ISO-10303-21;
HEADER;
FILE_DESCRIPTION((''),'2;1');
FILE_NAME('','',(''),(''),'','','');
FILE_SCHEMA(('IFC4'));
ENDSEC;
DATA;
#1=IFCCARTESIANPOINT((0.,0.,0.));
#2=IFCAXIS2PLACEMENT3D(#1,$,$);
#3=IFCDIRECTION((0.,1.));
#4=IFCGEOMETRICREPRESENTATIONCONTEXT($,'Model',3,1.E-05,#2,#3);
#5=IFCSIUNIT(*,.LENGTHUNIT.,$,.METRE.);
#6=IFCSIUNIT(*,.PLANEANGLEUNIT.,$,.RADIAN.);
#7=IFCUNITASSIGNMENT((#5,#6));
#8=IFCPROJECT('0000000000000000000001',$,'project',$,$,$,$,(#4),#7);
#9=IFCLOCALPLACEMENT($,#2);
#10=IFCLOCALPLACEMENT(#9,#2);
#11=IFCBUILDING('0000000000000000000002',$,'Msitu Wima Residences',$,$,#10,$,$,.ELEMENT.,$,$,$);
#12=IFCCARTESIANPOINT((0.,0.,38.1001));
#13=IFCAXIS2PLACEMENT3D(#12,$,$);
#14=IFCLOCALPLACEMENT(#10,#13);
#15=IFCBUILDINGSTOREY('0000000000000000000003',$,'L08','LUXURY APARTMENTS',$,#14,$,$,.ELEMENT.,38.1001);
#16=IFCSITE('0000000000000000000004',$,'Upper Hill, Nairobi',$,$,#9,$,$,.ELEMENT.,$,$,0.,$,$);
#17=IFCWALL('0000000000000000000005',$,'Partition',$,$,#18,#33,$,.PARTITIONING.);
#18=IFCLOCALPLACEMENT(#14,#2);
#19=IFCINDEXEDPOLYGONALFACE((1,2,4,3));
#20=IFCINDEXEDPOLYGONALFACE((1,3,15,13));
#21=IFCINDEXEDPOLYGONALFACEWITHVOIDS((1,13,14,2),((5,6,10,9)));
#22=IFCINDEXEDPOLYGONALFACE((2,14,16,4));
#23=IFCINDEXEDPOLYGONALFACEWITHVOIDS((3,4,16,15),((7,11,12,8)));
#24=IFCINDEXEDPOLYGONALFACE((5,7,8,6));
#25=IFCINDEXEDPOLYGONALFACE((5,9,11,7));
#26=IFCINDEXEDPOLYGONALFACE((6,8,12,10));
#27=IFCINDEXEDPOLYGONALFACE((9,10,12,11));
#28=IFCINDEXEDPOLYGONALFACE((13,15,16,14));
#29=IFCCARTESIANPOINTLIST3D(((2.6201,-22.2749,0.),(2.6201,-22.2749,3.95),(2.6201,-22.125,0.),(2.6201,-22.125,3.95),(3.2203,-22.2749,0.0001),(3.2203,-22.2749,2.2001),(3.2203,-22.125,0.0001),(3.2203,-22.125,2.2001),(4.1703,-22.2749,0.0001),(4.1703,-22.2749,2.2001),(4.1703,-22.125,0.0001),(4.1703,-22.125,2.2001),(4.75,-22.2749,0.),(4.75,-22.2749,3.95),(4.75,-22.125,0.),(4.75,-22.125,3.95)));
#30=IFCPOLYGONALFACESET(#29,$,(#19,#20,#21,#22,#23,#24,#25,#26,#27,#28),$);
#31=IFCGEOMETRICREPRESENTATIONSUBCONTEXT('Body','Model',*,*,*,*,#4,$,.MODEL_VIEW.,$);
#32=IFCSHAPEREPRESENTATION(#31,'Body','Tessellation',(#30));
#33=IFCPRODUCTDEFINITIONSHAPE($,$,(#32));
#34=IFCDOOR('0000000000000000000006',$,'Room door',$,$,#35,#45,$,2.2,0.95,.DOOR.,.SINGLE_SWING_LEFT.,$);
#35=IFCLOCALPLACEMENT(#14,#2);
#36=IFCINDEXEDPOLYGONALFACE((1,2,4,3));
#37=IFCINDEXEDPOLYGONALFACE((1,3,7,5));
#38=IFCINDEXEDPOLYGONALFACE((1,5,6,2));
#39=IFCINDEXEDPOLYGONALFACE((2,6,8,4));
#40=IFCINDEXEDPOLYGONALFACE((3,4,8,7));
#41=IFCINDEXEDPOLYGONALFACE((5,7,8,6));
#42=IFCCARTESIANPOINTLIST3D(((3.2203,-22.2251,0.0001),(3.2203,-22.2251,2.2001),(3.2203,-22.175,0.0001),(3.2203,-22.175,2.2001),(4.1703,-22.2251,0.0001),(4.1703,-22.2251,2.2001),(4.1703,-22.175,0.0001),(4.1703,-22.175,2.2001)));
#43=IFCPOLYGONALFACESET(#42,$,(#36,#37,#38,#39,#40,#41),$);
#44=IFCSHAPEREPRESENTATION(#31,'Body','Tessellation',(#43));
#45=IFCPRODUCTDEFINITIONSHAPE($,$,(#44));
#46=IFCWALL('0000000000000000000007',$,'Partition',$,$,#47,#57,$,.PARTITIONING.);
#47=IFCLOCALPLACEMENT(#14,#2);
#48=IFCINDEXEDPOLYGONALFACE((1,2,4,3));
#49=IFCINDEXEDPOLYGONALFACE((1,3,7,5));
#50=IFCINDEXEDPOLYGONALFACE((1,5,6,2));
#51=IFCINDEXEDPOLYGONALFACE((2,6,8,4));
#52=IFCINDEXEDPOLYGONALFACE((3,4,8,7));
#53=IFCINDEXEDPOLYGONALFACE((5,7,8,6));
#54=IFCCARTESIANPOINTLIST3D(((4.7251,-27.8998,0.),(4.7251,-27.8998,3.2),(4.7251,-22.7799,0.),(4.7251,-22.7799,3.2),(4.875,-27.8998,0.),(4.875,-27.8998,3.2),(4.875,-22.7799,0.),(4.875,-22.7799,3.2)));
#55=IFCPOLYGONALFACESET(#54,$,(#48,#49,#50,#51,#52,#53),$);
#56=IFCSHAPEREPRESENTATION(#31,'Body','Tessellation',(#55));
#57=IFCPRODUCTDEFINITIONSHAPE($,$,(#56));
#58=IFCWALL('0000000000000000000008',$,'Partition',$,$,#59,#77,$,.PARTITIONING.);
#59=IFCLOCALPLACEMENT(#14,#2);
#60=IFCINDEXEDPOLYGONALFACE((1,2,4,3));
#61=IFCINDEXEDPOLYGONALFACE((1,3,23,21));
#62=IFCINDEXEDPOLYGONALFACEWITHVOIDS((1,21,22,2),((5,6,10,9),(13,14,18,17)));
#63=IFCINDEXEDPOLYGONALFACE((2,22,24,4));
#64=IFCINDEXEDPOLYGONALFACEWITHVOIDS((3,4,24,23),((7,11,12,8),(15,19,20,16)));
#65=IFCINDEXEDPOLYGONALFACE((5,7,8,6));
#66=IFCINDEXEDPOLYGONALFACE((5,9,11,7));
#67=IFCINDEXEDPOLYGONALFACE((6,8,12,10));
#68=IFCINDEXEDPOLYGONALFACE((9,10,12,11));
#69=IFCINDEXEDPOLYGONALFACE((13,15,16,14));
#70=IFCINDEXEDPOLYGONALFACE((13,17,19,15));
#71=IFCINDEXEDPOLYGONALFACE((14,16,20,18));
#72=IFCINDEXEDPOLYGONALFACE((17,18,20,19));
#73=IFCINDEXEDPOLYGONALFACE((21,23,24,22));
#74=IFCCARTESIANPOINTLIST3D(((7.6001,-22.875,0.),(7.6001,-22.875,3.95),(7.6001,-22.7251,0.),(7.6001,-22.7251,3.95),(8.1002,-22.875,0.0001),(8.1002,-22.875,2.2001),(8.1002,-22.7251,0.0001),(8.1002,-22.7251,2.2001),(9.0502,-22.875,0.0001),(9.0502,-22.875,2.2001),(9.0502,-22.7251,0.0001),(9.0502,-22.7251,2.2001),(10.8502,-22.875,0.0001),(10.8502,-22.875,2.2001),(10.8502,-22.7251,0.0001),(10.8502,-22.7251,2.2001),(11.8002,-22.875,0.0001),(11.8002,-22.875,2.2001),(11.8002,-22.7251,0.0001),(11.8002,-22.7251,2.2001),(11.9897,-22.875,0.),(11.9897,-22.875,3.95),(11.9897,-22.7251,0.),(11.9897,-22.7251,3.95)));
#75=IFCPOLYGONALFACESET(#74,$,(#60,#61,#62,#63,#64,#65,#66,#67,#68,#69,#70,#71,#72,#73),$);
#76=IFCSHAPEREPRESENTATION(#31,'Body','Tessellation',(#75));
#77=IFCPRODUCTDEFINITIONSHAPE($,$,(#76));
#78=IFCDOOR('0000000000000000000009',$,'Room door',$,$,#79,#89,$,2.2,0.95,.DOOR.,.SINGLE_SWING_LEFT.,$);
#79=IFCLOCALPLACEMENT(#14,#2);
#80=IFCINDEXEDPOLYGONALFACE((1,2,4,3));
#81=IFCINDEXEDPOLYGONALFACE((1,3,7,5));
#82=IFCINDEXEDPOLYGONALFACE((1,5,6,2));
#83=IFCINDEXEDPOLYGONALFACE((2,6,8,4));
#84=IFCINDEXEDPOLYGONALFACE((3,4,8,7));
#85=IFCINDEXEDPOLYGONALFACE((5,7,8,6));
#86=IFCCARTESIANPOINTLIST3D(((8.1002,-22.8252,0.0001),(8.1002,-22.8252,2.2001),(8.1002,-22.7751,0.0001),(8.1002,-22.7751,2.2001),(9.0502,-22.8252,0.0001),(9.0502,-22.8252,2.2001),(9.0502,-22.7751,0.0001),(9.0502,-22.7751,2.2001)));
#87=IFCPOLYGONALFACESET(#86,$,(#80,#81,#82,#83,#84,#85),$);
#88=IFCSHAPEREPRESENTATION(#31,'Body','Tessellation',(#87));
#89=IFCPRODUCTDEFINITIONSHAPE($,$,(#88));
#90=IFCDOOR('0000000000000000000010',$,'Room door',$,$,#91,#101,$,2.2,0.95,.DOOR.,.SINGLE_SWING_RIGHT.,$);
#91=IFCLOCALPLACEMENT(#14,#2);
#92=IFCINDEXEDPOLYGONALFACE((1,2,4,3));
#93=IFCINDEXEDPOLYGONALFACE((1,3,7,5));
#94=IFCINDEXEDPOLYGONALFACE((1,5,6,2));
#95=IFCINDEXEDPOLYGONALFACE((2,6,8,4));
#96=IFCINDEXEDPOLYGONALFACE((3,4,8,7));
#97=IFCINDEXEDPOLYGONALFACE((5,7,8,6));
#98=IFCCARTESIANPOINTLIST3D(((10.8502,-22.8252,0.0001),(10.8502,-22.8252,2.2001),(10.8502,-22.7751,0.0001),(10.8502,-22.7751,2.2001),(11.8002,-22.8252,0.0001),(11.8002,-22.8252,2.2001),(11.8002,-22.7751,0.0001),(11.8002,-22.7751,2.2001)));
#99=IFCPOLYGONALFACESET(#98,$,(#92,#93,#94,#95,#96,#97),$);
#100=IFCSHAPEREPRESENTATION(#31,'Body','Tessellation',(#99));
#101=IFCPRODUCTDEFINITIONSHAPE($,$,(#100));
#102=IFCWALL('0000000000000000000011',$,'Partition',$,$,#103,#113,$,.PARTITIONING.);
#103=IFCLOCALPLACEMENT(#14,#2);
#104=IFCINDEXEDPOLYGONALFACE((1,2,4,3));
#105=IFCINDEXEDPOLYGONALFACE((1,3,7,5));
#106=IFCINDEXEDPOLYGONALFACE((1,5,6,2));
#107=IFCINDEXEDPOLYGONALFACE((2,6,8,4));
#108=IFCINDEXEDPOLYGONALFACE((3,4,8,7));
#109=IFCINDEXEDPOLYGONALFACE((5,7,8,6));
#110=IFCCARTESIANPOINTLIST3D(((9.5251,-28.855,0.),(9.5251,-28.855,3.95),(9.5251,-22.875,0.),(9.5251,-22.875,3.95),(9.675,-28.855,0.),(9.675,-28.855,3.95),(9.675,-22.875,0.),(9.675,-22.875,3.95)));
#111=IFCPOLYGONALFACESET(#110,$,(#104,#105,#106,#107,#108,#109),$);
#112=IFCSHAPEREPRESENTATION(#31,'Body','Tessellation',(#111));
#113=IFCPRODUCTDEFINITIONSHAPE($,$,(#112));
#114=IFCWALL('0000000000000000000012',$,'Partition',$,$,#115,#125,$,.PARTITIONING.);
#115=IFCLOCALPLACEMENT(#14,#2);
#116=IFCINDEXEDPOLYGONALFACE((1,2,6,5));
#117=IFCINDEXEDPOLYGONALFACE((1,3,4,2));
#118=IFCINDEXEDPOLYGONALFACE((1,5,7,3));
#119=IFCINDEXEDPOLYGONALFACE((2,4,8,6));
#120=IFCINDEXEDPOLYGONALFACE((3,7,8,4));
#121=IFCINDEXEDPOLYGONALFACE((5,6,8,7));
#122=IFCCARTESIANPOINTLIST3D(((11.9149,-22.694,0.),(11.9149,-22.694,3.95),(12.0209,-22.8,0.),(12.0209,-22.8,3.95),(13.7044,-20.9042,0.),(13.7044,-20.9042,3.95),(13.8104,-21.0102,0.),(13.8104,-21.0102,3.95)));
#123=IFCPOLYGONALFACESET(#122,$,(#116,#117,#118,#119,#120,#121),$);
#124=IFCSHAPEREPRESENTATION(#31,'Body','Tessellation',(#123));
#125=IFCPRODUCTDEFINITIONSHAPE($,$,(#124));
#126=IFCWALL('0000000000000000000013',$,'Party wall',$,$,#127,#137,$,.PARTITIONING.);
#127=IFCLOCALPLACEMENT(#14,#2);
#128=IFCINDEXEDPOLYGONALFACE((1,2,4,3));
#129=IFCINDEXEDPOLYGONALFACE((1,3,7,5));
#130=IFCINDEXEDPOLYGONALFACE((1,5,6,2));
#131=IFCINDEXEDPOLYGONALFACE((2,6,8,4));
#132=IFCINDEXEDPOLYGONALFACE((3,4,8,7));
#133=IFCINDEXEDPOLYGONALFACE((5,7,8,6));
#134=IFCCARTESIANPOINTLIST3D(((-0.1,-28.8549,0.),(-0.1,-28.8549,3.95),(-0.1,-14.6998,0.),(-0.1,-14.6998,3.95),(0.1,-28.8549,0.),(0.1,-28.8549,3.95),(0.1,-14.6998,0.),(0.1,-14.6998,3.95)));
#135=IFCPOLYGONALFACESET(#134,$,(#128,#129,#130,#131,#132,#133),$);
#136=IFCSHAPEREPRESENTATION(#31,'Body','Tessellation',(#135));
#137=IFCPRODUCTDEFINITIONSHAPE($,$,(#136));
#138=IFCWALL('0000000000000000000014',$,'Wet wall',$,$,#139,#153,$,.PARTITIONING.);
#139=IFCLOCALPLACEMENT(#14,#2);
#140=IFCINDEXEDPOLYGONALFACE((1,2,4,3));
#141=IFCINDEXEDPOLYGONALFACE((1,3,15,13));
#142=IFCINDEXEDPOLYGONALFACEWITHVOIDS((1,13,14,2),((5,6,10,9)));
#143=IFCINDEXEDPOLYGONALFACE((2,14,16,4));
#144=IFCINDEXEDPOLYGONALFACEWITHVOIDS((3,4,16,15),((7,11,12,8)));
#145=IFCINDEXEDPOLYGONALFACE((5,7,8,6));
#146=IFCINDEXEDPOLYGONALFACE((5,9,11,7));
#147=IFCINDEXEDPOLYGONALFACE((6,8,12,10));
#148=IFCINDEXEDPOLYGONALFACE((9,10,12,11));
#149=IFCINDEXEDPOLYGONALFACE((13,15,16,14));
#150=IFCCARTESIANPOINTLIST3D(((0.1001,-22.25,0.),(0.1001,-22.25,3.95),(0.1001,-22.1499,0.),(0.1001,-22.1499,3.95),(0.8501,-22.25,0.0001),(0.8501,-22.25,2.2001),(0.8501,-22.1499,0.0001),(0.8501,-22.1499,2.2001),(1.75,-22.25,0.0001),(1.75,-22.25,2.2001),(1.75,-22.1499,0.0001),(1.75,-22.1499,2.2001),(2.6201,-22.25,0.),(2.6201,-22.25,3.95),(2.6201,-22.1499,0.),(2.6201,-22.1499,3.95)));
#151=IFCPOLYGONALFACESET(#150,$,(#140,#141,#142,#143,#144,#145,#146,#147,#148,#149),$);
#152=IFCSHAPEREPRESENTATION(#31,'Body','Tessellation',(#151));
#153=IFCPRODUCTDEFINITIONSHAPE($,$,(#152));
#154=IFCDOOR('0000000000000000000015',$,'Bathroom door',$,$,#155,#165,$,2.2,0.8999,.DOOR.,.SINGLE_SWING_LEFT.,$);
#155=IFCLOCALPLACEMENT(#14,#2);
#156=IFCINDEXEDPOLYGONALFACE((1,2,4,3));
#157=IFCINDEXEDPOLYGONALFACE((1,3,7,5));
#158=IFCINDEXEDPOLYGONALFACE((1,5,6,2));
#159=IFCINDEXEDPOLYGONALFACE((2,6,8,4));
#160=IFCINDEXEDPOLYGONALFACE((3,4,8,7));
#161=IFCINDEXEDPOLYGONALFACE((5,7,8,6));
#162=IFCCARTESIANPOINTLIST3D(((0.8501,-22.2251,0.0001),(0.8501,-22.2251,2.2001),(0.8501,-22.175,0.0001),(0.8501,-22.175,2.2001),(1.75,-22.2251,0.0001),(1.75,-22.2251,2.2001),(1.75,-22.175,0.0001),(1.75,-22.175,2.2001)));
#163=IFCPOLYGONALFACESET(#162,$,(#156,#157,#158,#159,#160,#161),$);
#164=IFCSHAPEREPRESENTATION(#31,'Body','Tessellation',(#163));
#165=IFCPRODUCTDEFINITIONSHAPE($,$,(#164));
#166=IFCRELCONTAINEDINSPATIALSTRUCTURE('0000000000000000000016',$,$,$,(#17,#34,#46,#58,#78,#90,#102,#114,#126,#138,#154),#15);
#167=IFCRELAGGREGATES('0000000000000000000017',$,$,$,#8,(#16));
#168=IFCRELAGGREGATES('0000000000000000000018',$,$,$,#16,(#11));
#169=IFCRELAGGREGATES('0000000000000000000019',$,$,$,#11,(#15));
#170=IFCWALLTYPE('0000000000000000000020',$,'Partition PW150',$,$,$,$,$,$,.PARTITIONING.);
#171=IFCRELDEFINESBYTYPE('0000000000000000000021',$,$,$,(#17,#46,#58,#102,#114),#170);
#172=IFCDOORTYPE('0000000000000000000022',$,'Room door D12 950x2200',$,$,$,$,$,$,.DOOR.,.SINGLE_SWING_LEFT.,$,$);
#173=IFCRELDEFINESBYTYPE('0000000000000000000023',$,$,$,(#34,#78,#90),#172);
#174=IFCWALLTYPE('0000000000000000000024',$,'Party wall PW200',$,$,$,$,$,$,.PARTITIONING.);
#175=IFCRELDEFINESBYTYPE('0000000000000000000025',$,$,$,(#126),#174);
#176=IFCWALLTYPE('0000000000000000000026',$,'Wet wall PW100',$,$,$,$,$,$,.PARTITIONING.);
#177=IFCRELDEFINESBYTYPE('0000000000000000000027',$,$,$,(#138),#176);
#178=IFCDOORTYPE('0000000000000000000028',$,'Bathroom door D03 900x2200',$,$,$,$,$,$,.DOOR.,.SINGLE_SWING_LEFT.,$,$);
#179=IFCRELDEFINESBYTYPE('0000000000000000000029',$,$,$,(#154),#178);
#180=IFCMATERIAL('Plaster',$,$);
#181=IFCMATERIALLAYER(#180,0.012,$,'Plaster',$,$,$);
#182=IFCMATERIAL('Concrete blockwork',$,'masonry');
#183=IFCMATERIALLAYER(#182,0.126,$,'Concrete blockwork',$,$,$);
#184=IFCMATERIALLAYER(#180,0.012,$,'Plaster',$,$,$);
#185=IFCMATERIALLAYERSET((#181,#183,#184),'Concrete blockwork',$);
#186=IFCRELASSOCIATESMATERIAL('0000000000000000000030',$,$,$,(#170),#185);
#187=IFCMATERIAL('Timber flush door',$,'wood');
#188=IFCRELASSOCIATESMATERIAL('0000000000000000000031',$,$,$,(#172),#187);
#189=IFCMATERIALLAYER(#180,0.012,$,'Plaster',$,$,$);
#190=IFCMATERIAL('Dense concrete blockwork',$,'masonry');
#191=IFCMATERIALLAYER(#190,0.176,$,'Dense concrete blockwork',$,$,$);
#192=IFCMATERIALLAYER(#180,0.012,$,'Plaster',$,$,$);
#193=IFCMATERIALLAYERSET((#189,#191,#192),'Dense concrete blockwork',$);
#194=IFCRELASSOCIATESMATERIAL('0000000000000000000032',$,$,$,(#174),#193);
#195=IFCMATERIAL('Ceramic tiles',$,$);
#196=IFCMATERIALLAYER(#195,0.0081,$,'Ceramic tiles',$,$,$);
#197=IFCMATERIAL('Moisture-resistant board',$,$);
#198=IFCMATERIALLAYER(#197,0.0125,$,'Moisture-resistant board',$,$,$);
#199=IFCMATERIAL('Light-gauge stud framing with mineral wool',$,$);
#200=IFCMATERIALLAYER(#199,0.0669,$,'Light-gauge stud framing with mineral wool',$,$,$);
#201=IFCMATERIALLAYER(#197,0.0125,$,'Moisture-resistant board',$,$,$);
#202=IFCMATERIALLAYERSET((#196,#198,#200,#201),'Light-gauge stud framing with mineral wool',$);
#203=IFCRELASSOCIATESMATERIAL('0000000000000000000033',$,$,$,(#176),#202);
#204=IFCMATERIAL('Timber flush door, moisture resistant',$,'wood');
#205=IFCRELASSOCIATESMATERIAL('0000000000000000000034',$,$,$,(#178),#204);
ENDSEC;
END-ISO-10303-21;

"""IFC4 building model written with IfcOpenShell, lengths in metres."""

from ifc_helpers import new_model, si_unit, direction, frame, frame_2d, origin, place, context, subcontext, project, spatial, rectangle, extrude, material, layer, layer_set, type_object, element, fill, save


model = new_model("IFC4")

# Units and contexts
model_context = context("Model", 3, precision=1e-05, world=origin(), true_north=direction((0.0, 1.0)))
body_context = subcontext(model_context, "Body", "Model", "MODEL_VIEW")
ifc_project = project(units=[si_unit("LENGTHUNIT", "METRE"), si_unit("PLANEANGLEUNIT", "RADIAN")], contexts=[model_context])

# Site, building, storey
site_placement = place(None, origin())
site = spatial("IfcSite", under=ifc_project, at=site_placement, Name="Upper Hill, Nairobi", CompositionType="ELEMENT", RefElevation=0.0)
building_placement = place(site_placement, origin())
building = spatial("IfcBuilding", under=site, at=building_placement, Name="Msitu Wima Residences", CompositionType="ELEMENT")
storey_placement = place(building_placement, frame((0.0, 0.0, 38.1001)))
storey = spatial("IfcBuildingStorey", under=building, at=storey_placement, Name="L08", Description="LUXURY APARTMENTS", CompositionType="ELEMENT", Elevation=38.1001)

# Wall, opening, door
ifc_material_1 = material(Name="Plaster")
ifc_layer_1 = layer(ifc_material_1, 0.012, Name="Plaster")
ifc_material_2 = material(Name="Concrete blockwork", Category="masonry")
ifc_layer_2 = layer(ifc_material_2, 0.126, Name="Concrete blockwork")
ifc_layer_3 = layer(ifc_material_1, 0.012, Name="Plaster")
ifc_layer_set_1 = layer_set([ifc_layer_1, ifc_layer_2, ifc_layer_3], Name="Concrete blockwork")
wall_type_1 = type_object("IfcWallType", Name="Partition PW150", PredefinedType="PARTITIONING", material=ifc_layer_set_1)
wall_1_placement = place(storey_placement, frame((2.6201, -22.2, 0.0), z_axis=(0.0, 0.0, 1.0), x_axis=(1.0, 0.0, 0.0)))
wall_1 = element("IfcWall", 1, at=wall_1_placement, inside=storey, type_object=wall_type_1, Name="Partition", PredefinedType="PARTITIONING", context=body_context, shape_type="SweptSolid", body=[
    extrude(rectangle(XDim=2.1299, YDim=0.1499, at=frame_2d((1.0649, 0.0))), origin(), (0.0, 0.0, 1.0), 3.95),
])
opening_1_placement = place(wall_1_placement, frame((0.6001, 0.0, 0.0)))
opening_1 = element("IfcOpeningElement", 2, at=opening_1_placement, cuts=wall_1, PredefinedType="OPENING", context=body_context, shape_type="SweptSolid", body=[
    extrude(rectangle(XDim=0.95, YDim=2.2, at=frame_2d((0.4751, 1.1001))), frame((0.0, 0.085, 0.0), z_axis=(0.0, -1.0, 0.0), x_axis=(1.0, 0.0, 0.0)), (0.0, 0.0, 1.0), 0.1699),
])
ifc_material_3 = material(Name="Timber flush door", Category="wood")
door_type_1 = type_object("IfcDoorType", Name="Room door D12 950x2200", OperationType="SINGLE_SWING_LEFT", PredefinedType="DOOR", material=ifc_material_3)
door_1_placement = place(opening_1_placement, origin())
door_1 = element("IfcDoor", 3, at=door_1_placement, inside=storey, type_object=door_type_1, Name="Room door", OperationType="SINGLE_SWING_LEFT", OverallHeight=2.2, OverallWidth=0.95, PredefinedType="DOOR", context=body_context, shape_type="SweptSolid", body=[
    extrude(rectangle(XDim=0.95, YDim=2.2, at=frame_2d((0.4751, 1.1001))), frame((0.0, 0.0249, 0.0), z_axis=(0.0, -1.0, 0.0), x_axis=(1.0, 0.0, 0.0)), (0.0, 0.0, 1.0), 0.05),
])
fill(opening_1, door_1)

# Wall
wall_2_placement = place(storey_placement, frame((4.8, -27.8999, 0.0), z_axis=(0.0, 0.0, 1.0), x_axis=(0.0, 1.0, 0.0)))
element("IfcWall", 4, at=wall_2_placement, inside=storey, type_object=wall_type_1, Name="Partition", PredefinedType="PARTITIONING", context=body_context, shape_type="SweptSolid", body=[
    extrude(rectangle(XDim=5.1199, YDim=0.1499, at=frame_2d((2.5601, 0.0))), origin(), (0.0, 0.0, 1.0), 3.2),
])

# Wall, openings, doors
wall_3_placement = place(storey_placement, frame((7.6001, -22.8, 0.0), z_axis=(0.0, 0.0, 1.0), x_axis=(1.0, 0.0, 0.0)))
wall_3 = element("IfcWall", 5, at=wall_3_placement, inside=storey, type_object=wall_type_1, Name="Partition", PredefinedType="PARTITIONING", context=body_context, shape_type="SweptSolid", body=[
    extrude(rectangle(XDim=4.3896, YDim=0.1499, at=frame_2d((2.1948, 0.0))), origin(), (0.0, 0.0, 1.0), 3.95),
])
opening_2_placement = place(wall_3_placement, frame((0.5, 0.0, 0.0)))
opening_2 = element("IfcOpeningElement", 6, at=opening_2_placement, cuts=wall_3, PredefinedType="OPENING", context=body_context, shape_type="SweptSolid", body=[
    extrude(rectangle(XDim=0.95, YDim=2.2, at=frame_2d((0.4751, 1.1001))), frame((0.0, 0.085, 0.0), z_axis=(0.0, -1.0, 0.0), x_axis=(1.0, 0.0, 0.0)), (0.0, 0.0, 1.0), 0.1699),
])
opening_3_placement = place(wall_3_placement, frame((3.25, 0.0, 0.0)))
opening_3 = element("IfcOpeningElement", 7, at=opening_3_placement, cuts=wall_3, PredefinedType="OPENING", context=body_context, shape_type="SweptSolid", body=[
    extrude(rectangle(XDim=0.95, YDim=2.2, at=frame_2d((0.4751, 1.1001))), frame((0.0, 0.085, 0.0), z_axis=(0.0, -1.0, 0.0), x_axis=(1.0, 0.0, 0.0)), (0.0, 0.0, 1.0), 0.1699),
])
door_2_placement = place(opening_2_placement, origin())
door_2 = element("IfcDoor", 8, at=door_2_placement, inside=storey, type_object=door_type_1, Name="Room door", OperationType="SINGLE_SWING_LEFT", OverallHeight=2.2, OverallWidth=0.95, PredefinedType="DOOR", context=body_context, shape_type="SweptSolid", body=[
    extrude(rectangle(XDim=0.95, YDim=2.2, at=frame_2d((0.4751, 1.1001))), frame((0.0, 0.0249, 0.0), z_axis=(0.0, -1.0, 0.0), x_axis=(1.0, 0.0, 0.0)), (0.0, 0.0, 1.0), 0.05),
])
fill(opening_2, door_2)
door_3_placement = place(opening_3_placement, origin())
door_3 = element("IfcDoor", 9, at=door_3_placement, inside=storey, type_object=door_type_1, Name="Room door", OperationType="SINGLE_SWING_RIGHT", OverallHeight=2.2, OverallWidth=0.95, PredefinedType="DOOR", context=body_context, shape_type="SweptSolid", body=[
    extrude(rectangle(XDim=0.95, YDim=2.2, at=frame_2d((0.4751, 1.1001))), frame((0.0, 0.0249, 0.0), z_axis=(0.0, -1.0, 0.0), x_axis=(1.0, 0.0, 0.0)), (0.0, 0.0, 1.0), 0.05),
])
fill(opening_3, door_3)

# Walls
wall_4_placement = place(storey_placement, frame((9.6001, -28.855, 0.0), z_axis=(0.0, 0.0, 1.0), x_axis=(0.0, 1.0, 0.0)))
element("IfcWall", 10, at=wall_4_placement, inside=storey, type_object=wall_type_1, Name="Partition", PredefinedType="PARTITIONING", context=body_context, shape_type="SweptSolid", body=[
    extrude(rectangle(XDim=5.98, YDim=0.1499, at=frame_2d((2.99, 0.0))), origin(), (0.0, 0.0, 1.0), 3.95),
])
wall_5_placement = place(storey_placement, frame((11.9678, -22.7471, 0.0), z_axis=(0.0, 0.0, 1.0), x_axis=(0.707059, 0.707155, 0.0)))
element("IfcWall", 11, at=wall_5_placement, inside=storey, type_object=wall_type_1, Name="Partition", PredefinedType="PARTITIONING", context=body_context, shape_type="SweptSolid", body=[
    extrude(rectangle(XDim=2.531, YDim=0.1499, at=frame_2d((1.2656, 0.0))), origin(), (0.0, 0.0, 1.0), 3.95),
])
ifc_layer_4 = layer(ifc_material_1, 0.012, Name="Plaster")
ifc_material_4 = material(Name="Dense concrete blockwork", Category="masonry")
ifc_layer_5 = layer(ifc_material_4, 0.176, Name="Dense concrete blockwork")
ifc_layer_6 = layer(ifc_material_1, 0.012, Name="Plaster")
ifc_layer_set_2 = layer_set([ifc_layer_4, ifc_layer_5, ifc_layer_6], Name="Dense concrete blockwork")
wall_type_2 = type_object("IfcWallType", Name="Party wall PW200", PredefinedType="PARTITIONING", material=ifc_layer_set_2)
wall_6_placement = place(storey_placement, frame((0.0, -28.855, 0.0), z_axis=(0.0, 0.0, 1.0), x_axis=(0.0, 1.0, 0.0)))
element("IfcWall", 12, at=wall_6_placement, inside=storey, type_object=wall_type_2, Name="Party wall", PredefinedType="PARTITIONING", context=body_context, shape_type="SweptSolid", body=[
    extrude(rectangle(XDim=14.155, YDim=0.2, at=frame_2d((7.0776, 0.0))), origin(), (0.0, 0.0, 1.0), 3.95),
])

# Wall, opening, door
ifc_material_5 = material(Name="Ceramic tiles")
ifc_layer_7 = layer(ifc_material_5, 0.0081, Name="Ceramic tiles")
ifc_material_6 = material(Name="Moisture-resistant board")
ifc_layer_8 = layer(ifc_material_6, 0.0125, Name="Moisture-resistant board")
ifc_material_7 = material(Name="Light-gauge stud framing with mineral wool")
ifc_layer_9 = layer(ifc_material_7, 0.0669, Name="Light-gauge stud framing with mineral wool")
ifc_layer_10 = layer(ifc_material_6, 0.0125, Name="Moisture-resistant board")
ifc_layer_set_3 = layer_set([ifc_layer_7, ifc_layer_8, ifc_layer_9, ifc_layer_10], Name="Light-gauge stud framing with mineral wool")
wall_type_3 = type_object("IfcWallType", Name="Wet wall PW100", PredefinedType="PARTITIONING", material=ifc_layer_set_3)
wall_7_placement = place(storey_placement, frame((0.1001, -22.2, 0.0), z_axis=(0.0, 0.0, 1.0), x_axis=(1.0, 0.0, 0.0)))
wall_7 = element("IfcWall", 13, at=wall_7_placement, inside=storey, type_object=wall_type_3, Name="Wet wall", PredefinedType="PARTITIONING", context=body_context, shape_type="SweptSolid", body=[
    extrude(rectangle(XDim=2.52, YDim=0.1001, at=frame_2d((1.26, 0.0))), origin(), (0.0, 0.0, 1.0), 3.95),
])
opening_4_placement = place(wall_7_placement, frame((0.75, 0.0, 0.0)))
opening_4 = element("IfcOpeningElement", 14, at=opening_4_placement, cuts=wall_7, PredefinedType="OPENING", context=body_context, shape_type="SweptSolid", body=[
    extrude(rectangle(XDim=0.8999, YDim=2.2, at=frame_2d((0.45, 1.1001))), frame((0.0, 0.0601, 0.0), z_axis=(0.0, -1.0, 0.0), x_axis=(1.0, 0.0, 0.0)), (0.0, 0.0, 1.0), 0.1201),
])
ifc_material_8 = material(Name="Timber flush door, moisture resistant", Category="wood")
door_type_2 = type_object("IfcDoorType", Name="Bathroom door D03 900x2200", OperationType="SINGLE_SWING_LEFT", PredefinedType="DOOR", material=ifc_material_8)
door_4_placement = place(opening_4_placement, origin())
door_4 = element("IfcDoor", 15, at=door_4_placement, inside=storey, type_object=door_type_2, Name="Bathroom door", OperationType="SINGLE_SWING_LEFT", OverallHeight=2.2, OverallWidth=0.8999, PredefinedType="DOOR", context=body_context, shape_type="SweptSolid", body=[
    extrude(rectangle(XDim=0.8999, YDim=2.2, at=frame_2d((0.45, 1.1001))), frame((0.0, 0.0249, 0.0), z_axis=(0.0, -1.0, 0.0), x_axis=(1.0, 0.0, 0.0)), (0.0, 0.0, 1.0), 0.05),
])
fill(opening_4, door_4)

save(model, "model.ifc")
